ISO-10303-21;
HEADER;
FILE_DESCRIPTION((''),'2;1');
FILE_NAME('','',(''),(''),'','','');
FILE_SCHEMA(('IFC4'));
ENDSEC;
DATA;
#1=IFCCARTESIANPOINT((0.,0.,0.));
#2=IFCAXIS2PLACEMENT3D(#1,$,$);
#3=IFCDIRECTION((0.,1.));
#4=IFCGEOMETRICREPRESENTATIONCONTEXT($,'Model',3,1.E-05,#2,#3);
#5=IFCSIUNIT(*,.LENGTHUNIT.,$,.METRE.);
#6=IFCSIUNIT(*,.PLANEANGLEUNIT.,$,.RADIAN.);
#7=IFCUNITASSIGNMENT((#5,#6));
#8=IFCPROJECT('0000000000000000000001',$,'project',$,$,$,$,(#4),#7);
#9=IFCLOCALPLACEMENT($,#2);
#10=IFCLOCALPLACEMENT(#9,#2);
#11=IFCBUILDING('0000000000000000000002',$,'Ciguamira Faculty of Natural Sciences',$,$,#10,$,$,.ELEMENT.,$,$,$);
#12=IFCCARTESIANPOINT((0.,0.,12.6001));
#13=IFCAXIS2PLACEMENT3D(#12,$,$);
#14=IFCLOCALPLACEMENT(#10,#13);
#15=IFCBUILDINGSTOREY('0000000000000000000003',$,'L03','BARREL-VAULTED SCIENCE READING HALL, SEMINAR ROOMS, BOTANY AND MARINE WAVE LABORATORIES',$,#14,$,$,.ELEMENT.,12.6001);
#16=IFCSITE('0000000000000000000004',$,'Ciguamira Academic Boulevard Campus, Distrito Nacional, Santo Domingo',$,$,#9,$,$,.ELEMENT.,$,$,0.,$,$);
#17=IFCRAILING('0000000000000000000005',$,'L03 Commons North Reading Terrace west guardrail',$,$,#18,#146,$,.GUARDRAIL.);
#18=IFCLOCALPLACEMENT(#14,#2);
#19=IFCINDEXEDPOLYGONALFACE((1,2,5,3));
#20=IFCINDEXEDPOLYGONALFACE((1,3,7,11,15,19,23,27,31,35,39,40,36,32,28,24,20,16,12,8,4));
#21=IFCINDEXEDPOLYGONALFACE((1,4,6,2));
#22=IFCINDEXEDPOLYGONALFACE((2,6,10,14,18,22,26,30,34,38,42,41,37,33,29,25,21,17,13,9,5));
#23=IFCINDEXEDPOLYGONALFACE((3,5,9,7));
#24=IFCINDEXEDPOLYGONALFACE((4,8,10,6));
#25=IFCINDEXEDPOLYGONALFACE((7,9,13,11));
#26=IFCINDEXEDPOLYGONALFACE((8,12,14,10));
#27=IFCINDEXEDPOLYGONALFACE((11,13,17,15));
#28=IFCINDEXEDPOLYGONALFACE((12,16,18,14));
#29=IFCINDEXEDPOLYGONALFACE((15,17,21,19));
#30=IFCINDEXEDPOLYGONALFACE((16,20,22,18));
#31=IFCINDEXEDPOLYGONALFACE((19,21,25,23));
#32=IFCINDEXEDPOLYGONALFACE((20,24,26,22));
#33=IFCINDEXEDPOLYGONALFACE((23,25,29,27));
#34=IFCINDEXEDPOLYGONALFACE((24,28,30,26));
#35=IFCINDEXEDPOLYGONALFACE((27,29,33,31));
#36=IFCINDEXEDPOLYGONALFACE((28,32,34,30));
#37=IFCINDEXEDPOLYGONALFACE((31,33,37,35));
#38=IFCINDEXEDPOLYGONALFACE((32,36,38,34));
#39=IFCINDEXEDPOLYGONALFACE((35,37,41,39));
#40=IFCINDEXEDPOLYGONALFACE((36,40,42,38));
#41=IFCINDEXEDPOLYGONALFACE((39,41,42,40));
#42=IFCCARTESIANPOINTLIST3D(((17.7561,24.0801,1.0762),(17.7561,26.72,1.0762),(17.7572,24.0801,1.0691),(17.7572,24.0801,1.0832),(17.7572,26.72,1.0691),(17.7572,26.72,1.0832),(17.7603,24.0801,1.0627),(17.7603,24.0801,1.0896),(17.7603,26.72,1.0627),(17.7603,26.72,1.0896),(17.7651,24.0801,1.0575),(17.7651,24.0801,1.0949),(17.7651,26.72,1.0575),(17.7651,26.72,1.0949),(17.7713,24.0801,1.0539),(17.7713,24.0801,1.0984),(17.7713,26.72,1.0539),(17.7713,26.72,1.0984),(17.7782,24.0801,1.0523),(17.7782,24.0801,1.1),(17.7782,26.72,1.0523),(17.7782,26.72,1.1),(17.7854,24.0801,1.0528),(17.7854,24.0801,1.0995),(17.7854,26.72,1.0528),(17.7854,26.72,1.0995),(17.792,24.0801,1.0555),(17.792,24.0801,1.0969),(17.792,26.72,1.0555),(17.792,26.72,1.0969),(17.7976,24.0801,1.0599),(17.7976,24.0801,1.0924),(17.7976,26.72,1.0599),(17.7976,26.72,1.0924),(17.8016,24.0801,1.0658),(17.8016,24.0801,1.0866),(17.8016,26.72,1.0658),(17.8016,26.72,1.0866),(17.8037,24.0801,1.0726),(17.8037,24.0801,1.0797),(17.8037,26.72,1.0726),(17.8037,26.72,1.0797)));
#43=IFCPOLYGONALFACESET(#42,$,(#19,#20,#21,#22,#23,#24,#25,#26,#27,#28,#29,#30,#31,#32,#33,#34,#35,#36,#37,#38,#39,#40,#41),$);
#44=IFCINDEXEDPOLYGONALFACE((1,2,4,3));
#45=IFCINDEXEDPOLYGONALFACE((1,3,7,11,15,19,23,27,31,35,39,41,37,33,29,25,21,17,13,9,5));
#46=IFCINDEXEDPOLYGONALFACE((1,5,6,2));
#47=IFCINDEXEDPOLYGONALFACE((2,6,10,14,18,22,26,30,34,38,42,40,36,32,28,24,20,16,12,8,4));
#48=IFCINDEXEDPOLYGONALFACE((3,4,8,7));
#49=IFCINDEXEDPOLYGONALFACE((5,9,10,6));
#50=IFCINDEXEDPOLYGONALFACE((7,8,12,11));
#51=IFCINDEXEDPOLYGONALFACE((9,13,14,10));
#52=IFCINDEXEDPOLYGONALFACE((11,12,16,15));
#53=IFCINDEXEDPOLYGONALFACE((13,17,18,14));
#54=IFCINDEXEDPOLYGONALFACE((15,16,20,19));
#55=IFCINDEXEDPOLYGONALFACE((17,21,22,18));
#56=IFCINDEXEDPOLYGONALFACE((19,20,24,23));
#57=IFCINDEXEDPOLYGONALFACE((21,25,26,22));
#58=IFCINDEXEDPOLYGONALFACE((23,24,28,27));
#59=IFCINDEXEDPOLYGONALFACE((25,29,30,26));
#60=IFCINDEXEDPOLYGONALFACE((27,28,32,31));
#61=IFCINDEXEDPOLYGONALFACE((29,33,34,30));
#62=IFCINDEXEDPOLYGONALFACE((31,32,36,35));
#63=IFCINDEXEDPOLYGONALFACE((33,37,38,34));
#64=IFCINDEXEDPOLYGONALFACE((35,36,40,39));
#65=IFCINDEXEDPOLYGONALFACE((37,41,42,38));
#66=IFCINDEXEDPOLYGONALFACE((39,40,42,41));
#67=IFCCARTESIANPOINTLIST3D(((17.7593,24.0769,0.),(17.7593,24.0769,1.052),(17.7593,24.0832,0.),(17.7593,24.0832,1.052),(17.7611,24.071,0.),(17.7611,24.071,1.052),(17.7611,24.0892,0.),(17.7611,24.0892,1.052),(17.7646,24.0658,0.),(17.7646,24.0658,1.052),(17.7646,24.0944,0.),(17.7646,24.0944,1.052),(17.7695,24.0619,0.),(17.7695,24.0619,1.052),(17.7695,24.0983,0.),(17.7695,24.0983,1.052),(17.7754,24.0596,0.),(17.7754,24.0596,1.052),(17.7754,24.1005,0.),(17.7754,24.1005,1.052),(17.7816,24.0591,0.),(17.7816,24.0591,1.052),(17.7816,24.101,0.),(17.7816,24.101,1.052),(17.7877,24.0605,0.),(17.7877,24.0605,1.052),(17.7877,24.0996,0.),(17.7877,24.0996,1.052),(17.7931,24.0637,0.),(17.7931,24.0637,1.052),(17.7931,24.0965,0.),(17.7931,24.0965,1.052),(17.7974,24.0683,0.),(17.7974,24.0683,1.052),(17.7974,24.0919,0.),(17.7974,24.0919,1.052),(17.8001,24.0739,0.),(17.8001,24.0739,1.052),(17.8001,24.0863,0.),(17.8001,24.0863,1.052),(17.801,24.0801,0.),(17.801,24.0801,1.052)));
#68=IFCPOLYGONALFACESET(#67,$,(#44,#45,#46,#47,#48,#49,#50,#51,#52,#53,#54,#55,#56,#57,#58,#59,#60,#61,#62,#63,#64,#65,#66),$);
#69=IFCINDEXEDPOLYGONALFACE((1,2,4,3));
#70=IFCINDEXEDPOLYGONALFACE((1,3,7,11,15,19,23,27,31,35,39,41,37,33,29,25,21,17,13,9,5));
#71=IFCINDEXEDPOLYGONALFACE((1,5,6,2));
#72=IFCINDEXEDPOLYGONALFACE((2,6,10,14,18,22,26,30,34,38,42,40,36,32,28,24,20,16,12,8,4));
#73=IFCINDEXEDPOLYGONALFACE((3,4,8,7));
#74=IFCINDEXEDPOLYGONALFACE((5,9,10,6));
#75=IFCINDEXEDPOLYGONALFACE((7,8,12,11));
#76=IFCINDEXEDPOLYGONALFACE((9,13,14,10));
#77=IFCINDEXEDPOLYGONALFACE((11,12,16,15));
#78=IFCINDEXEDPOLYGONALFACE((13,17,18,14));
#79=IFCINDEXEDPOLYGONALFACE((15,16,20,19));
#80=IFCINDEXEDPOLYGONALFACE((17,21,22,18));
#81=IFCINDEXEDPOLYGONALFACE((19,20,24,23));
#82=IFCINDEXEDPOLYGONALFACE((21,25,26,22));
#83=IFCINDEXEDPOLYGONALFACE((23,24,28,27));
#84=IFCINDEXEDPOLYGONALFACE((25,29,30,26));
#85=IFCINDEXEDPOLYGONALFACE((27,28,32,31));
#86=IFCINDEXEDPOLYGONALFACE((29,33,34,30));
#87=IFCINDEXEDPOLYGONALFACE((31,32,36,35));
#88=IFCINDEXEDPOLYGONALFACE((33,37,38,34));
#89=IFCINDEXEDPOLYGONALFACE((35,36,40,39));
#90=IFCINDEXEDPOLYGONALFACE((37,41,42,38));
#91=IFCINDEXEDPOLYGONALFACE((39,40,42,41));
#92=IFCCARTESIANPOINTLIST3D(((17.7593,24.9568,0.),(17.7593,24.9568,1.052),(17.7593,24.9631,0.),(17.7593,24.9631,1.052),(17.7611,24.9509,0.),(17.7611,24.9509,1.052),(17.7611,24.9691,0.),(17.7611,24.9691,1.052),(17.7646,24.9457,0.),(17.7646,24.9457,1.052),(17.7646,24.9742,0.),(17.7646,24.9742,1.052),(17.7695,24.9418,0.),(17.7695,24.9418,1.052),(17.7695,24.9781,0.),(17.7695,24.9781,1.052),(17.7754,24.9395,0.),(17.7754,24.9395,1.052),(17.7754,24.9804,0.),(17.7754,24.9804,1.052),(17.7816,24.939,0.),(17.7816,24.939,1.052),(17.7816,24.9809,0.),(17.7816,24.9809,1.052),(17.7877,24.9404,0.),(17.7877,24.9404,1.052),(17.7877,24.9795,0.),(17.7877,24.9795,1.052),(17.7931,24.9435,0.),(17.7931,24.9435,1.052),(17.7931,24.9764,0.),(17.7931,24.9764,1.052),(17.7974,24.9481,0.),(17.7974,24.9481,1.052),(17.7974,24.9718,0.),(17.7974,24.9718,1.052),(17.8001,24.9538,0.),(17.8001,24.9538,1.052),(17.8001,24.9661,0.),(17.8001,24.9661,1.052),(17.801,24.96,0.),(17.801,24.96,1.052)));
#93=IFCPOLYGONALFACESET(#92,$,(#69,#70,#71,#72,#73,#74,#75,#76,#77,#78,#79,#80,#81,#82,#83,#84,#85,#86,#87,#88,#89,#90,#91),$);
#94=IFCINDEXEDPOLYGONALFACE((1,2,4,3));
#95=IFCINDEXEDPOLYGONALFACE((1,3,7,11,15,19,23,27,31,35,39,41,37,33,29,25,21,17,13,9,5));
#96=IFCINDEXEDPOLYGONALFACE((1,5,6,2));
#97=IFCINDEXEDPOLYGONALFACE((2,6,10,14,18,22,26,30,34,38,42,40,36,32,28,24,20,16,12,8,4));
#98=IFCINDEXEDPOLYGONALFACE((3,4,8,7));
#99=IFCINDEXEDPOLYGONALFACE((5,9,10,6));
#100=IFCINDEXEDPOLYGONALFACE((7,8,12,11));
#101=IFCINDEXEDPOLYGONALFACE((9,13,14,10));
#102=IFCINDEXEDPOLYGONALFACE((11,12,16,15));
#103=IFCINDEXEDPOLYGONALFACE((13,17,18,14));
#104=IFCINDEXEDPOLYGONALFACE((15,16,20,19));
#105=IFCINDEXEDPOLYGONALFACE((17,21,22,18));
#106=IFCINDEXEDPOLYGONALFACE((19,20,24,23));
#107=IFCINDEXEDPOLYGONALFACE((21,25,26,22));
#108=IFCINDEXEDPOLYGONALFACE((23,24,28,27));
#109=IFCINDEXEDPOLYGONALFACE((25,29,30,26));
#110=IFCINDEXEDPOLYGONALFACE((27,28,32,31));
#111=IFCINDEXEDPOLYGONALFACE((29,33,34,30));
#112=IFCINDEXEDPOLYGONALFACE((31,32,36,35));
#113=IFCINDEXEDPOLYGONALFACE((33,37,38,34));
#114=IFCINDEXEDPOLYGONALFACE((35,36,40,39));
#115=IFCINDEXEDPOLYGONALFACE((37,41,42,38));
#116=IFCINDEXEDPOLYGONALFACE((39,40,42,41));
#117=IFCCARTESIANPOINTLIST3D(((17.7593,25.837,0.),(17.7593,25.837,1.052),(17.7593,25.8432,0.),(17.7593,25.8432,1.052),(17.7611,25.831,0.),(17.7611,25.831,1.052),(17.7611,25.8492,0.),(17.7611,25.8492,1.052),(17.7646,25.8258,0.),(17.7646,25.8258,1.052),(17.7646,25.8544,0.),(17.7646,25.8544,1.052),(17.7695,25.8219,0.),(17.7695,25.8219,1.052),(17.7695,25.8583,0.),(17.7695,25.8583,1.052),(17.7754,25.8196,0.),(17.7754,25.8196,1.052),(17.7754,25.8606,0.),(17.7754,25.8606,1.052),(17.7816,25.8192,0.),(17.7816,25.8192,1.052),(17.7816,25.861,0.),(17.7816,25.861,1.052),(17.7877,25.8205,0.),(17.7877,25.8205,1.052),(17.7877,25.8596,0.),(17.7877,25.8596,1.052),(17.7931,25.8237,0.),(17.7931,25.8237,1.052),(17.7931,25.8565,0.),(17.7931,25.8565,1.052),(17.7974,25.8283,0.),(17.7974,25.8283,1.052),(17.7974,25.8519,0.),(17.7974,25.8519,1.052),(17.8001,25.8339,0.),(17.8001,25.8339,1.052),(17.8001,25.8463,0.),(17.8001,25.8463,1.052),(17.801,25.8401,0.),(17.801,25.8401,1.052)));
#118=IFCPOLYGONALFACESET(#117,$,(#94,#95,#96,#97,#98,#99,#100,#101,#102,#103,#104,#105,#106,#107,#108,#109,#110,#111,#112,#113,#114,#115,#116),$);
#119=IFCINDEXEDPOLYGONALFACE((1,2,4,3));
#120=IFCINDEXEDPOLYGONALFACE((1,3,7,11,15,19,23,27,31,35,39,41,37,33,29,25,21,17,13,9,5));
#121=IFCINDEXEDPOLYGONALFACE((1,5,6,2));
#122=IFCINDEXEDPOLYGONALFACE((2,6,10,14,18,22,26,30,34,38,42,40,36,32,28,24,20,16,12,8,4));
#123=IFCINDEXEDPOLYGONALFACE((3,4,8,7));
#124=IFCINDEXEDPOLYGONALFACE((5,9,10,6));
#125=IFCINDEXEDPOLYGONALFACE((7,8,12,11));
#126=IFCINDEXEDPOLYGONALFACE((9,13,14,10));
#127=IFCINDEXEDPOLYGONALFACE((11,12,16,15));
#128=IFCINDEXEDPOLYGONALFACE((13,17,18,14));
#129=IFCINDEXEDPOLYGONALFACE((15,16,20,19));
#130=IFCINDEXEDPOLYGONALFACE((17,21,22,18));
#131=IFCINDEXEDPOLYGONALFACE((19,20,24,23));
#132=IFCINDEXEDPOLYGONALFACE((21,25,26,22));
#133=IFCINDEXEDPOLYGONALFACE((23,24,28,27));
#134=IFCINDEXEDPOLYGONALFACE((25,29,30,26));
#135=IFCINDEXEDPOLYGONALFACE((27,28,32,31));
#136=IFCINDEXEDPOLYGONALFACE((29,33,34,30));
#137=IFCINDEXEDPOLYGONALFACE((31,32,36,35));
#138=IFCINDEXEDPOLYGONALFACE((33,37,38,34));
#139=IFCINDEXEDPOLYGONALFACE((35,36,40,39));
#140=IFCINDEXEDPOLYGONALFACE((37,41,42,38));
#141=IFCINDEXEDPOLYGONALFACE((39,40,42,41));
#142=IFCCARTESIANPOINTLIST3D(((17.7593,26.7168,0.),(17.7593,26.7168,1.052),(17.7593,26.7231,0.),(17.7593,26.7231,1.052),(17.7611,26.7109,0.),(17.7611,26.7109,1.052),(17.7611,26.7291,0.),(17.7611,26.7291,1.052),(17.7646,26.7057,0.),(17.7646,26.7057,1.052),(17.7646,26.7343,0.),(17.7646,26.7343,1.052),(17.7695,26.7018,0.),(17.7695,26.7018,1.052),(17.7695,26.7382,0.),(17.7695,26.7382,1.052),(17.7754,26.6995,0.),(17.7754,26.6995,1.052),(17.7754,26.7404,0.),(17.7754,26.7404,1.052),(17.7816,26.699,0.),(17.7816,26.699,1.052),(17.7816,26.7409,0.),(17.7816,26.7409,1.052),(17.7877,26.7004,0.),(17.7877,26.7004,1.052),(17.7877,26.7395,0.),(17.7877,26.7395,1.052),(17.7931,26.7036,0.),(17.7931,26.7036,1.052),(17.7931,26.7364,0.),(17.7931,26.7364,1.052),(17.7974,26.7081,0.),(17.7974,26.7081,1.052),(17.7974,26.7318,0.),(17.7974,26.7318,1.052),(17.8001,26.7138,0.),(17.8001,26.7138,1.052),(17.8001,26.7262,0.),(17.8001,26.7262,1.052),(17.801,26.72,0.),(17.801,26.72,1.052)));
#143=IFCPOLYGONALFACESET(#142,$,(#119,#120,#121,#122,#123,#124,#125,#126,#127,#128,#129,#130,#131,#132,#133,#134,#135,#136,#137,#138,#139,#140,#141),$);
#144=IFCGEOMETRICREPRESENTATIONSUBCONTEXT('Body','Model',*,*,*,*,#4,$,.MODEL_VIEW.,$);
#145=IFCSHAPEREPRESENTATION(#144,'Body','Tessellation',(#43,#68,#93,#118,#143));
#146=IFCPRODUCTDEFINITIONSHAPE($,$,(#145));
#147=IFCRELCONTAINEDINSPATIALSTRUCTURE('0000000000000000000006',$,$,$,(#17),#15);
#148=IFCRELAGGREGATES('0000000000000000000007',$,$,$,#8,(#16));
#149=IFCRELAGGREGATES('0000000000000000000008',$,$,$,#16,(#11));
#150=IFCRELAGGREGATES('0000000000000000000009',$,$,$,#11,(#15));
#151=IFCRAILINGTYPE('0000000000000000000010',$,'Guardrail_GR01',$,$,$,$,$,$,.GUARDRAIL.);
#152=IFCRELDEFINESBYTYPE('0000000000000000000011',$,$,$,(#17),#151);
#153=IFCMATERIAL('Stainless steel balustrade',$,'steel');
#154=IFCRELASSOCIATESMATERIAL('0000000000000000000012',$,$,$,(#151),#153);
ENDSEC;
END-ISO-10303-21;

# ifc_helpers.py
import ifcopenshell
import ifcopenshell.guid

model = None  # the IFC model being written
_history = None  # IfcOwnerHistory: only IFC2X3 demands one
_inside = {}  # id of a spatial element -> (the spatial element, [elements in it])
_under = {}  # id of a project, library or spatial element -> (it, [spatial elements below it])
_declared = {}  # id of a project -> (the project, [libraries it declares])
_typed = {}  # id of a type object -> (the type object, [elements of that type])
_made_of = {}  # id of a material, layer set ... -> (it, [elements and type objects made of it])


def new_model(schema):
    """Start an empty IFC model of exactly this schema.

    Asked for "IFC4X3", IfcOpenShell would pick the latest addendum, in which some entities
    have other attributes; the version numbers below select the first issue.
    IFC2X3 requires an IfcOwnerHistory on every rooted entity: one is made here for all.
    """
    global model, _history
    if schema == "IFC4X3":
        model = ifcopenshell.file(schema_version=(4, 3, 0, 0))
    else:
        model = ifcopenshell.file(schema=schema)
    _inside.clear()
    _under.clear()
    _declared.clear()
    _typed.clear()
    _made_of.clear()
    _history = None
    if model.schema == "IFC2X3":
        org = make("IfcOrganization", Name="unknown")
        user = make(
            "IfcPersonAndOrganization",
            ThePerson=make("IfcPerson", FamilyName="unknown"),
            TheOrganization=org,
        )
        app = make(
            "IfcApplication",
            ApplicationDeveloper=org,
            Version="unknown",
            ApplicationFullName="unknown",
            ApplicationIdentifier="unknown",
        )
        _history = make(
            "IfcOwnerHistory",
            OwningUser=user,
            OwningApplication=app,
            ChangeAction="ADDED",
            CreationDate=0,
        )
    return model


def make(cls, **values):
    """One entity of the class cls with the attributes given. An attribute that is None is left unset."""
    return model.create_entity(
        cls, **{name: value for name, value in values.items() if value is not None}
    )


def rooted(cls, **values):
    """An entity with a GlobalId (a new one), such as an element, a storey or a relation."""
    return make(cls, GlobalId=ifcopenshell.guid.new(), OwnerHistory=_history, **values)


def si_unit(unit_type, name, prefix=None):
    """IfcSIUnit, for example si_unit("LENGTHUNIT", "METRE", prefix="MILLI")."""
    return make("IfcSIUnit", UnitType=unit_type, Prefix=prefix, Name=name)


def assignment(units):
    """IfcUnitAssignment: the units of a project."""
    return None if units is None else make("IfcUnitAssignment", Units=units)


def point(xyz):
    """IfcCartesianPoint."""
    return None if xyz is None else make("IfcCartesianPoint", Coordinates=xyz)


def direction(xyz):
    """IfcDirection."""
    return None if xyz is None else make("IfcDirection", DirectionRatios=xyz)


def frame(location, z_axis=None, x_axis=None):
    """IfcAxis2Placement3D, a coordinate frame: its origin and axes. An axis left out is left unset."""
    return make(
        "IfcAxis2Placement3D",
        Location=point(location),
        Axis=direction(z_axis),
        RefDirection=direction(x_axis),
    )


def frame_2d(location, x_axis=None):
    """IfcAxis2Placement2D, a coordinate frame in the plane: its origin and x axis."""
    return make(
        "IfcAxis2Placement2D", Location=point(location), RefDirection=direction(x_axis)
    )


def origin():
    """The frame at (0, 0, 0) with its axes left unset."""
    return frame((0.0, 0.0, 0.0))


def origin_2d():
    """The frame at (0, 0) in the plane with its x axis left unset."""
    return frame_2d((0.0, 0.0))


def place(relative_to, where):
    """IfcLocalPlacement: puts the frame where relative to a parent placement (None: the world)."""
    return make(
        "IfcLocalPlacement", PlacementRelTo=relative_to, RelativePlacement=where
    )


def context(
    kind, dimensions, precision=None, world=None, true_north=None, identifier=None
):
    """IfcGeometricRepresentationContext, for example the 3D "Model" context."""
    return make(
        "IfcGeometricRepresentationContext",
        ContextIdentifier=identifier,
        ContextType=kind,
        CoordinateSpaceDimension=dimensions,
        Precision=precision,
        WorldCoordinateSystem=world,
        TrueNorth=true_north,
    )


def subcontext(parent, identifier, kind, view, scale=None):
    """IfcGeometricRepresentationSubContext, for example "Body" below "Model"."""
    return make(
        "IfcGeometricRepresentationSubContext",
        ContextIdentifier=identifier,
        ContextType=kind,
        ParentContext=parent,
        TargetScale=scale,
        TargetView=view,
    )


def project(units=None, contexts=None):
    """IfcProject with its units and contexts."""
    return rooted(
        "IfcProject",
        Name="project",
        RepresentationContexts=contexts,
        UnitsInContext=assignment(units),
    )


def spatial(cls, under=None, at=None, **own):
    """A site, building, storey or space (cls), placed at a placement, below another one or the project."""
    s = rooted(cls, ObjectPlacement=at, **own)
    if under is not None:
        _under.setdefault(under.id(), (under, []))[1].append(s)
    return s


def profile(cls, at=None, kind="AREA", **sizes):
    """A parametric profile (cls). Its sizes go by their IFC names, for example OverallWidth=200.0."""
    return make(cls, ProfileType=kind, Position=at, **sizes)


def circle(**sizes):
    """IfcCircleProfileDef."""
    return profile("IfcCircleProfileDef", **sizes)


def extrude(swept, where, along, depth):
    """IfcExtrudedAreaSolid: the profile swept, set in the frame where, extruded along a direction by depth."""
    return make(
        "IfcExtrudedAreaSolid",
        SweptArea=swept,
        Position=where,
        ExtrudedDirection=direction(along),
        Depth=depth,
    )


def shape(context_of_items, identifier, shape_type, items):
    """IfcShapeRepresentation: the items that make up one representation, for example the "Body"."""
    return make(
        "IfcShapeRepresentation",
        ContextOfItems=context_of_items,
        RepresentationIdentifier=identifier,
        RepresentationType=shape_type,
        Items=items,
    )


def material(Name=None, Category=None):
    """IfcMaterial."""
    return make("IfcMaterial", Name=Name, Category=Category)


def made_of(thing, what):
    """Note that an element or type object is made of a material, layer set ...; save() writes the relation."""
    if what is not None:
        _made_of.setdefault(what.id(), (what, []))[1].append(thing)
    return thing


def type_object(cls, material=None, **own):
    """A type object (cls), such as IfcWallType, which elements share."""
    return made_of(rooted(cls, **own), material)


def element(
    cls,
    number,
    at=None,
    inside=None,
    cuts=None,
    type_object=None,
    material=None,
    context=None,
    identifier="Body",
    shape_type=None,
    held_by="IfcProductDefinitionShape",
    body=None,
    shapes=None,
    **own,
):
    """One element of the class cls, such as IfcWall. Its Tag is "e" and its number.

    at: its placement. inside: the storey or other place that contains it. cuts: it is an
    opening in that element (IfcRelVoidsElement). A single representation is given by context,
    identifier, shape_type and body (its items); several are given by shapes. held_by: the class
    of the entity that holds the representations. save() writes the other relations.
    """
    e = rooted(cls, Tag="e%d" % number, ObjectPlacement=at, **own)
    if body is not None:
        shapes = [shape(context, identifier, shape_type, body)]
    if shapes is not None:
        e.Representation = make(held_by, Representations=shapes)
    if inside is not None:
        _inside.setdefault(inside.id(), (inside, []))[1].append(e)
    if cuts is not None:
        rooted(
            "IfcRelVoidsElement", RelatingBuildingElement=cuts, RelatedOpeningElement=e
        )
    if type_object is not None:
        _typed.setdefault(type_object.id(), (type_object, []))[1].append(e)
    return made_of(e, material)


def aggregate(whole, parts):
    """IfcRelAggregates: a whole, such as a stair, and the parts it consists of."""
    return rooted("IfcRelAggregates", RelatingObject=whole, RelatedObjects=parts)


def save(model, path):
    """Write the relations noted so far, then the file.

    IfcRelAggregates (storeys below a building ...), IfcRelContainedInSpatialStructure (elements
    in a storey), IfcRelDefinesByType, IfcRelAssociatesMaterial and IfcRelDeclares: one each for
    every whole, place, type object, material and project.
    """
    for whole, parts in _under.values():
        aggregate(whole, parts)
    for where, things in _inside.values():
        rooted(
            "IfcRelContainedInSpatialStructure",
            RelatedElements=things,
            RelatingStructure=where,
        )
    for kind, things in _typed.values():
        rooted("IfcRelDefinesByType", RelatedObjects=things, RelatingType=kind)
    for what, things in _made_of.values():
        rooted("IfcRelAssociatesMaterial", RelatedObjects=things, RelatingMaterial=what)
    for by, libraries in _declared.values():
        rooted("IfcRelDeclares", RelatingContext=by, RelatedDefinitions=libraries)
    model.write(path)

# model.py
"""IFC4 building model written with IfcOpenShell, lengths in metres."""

from ifc_helpers import new_model, si_unit, direction, frame, origin, origin_2d, place, context, subcontext, project, spatial, circle, extrude, material, type_object, element, save


model = new_model("IFC4")

# Units and contexts
model_context = context("Model", 3, precision=1e-05, world=origin(), true_north=direction((0.0, 1.0)))
body_context = subcontext(model_context, "Body", "Model", "MODEL_VIEW")
ifc_project = project(units=[si_unit("LENGTHUNIT", "METRE"), si_unit("PLANEANGLEUNIT", "RADIAN")], contexts=[model_context])

# Site, building, storey
site_placement = place(None, origin())
site = spatial("IfcSite", under=ifc_project, at=site_placement, Name="Ciguamira Academic Boulevard Campus, Distrito Nacional, Santo Domingo", CompositionType="ELEMENT", RefElevation=0.0)
building_placement = place(site_placement, origin())
building = spatial("IfcBuilding", under=site, at=building_placement, Name="Ciguamira Faculty of Natural Sciences", CompositionType="ELEMENT")
storey_placement = place(building_placement, frame((0.0, 0.0, 12.6001)))
storey = spatial("IfcBuildingStorey", under=building, at=storey_placement, Name="L03", Description="BARREL-VAULTED SCIENCE READING HALL, SEMINAR ROOMS, BOTANY AND MARINE WAVE LABORATORIES", CompositionType="ELEMENT", Elevation=12.6001)

# Railing
ifc_material_1 = material(Name="Stainless steel balustrade", Category="steel")
railing_type = type_object("IfcRailingType", Name="Guardrail_GR01", PredefinedType="GUARDRAIL", material=ifc_material_1)
railing_placement = place(storey_placement, frame((17.78, 24.0801, 0.0)))
element("IfcRailing", 1, at=railing_placement, inside=storey, type_object=railing_type, Name="L03 Commons North Reading Terrace west guardrail", PredefinedType="GUARDRAIL", context=body_context, shape_type="SweptSolid", body=[
    extrude(circle(Radius=0.0239, at=origin_2d()), frame((0.0, 0.0, 1.0762), z_axis=(0.0, 1.0, 0.0), x_axis=(-1.0, 0.0, 0.0)), (0.0, 0.0, 1.0), 2.6399),
    extrude(circle(Radius=0.021, at=origin_2d()), origin(), (0.0, 0.0, 1.0), 1.052),
    extrude(circle(Radius=0.021, at=origin_2d()), frame((0.0, 0.8799, 0.0)), (0.0, 0.0, 1.0), 1.052),
    extrude(circle(Radius=0.021, at=origin_2d()), frame((0.0, 1.76, 0.0)), (0.0, 0.0, 1.0), 1.052),
    extrude(circle(Radius=0.021, at=origin_2d()), frame((0.0, 2.6399, 0.0)), (0.0, 0.0, 1.0), 1.052),
])

save(model, "model.ifc")
